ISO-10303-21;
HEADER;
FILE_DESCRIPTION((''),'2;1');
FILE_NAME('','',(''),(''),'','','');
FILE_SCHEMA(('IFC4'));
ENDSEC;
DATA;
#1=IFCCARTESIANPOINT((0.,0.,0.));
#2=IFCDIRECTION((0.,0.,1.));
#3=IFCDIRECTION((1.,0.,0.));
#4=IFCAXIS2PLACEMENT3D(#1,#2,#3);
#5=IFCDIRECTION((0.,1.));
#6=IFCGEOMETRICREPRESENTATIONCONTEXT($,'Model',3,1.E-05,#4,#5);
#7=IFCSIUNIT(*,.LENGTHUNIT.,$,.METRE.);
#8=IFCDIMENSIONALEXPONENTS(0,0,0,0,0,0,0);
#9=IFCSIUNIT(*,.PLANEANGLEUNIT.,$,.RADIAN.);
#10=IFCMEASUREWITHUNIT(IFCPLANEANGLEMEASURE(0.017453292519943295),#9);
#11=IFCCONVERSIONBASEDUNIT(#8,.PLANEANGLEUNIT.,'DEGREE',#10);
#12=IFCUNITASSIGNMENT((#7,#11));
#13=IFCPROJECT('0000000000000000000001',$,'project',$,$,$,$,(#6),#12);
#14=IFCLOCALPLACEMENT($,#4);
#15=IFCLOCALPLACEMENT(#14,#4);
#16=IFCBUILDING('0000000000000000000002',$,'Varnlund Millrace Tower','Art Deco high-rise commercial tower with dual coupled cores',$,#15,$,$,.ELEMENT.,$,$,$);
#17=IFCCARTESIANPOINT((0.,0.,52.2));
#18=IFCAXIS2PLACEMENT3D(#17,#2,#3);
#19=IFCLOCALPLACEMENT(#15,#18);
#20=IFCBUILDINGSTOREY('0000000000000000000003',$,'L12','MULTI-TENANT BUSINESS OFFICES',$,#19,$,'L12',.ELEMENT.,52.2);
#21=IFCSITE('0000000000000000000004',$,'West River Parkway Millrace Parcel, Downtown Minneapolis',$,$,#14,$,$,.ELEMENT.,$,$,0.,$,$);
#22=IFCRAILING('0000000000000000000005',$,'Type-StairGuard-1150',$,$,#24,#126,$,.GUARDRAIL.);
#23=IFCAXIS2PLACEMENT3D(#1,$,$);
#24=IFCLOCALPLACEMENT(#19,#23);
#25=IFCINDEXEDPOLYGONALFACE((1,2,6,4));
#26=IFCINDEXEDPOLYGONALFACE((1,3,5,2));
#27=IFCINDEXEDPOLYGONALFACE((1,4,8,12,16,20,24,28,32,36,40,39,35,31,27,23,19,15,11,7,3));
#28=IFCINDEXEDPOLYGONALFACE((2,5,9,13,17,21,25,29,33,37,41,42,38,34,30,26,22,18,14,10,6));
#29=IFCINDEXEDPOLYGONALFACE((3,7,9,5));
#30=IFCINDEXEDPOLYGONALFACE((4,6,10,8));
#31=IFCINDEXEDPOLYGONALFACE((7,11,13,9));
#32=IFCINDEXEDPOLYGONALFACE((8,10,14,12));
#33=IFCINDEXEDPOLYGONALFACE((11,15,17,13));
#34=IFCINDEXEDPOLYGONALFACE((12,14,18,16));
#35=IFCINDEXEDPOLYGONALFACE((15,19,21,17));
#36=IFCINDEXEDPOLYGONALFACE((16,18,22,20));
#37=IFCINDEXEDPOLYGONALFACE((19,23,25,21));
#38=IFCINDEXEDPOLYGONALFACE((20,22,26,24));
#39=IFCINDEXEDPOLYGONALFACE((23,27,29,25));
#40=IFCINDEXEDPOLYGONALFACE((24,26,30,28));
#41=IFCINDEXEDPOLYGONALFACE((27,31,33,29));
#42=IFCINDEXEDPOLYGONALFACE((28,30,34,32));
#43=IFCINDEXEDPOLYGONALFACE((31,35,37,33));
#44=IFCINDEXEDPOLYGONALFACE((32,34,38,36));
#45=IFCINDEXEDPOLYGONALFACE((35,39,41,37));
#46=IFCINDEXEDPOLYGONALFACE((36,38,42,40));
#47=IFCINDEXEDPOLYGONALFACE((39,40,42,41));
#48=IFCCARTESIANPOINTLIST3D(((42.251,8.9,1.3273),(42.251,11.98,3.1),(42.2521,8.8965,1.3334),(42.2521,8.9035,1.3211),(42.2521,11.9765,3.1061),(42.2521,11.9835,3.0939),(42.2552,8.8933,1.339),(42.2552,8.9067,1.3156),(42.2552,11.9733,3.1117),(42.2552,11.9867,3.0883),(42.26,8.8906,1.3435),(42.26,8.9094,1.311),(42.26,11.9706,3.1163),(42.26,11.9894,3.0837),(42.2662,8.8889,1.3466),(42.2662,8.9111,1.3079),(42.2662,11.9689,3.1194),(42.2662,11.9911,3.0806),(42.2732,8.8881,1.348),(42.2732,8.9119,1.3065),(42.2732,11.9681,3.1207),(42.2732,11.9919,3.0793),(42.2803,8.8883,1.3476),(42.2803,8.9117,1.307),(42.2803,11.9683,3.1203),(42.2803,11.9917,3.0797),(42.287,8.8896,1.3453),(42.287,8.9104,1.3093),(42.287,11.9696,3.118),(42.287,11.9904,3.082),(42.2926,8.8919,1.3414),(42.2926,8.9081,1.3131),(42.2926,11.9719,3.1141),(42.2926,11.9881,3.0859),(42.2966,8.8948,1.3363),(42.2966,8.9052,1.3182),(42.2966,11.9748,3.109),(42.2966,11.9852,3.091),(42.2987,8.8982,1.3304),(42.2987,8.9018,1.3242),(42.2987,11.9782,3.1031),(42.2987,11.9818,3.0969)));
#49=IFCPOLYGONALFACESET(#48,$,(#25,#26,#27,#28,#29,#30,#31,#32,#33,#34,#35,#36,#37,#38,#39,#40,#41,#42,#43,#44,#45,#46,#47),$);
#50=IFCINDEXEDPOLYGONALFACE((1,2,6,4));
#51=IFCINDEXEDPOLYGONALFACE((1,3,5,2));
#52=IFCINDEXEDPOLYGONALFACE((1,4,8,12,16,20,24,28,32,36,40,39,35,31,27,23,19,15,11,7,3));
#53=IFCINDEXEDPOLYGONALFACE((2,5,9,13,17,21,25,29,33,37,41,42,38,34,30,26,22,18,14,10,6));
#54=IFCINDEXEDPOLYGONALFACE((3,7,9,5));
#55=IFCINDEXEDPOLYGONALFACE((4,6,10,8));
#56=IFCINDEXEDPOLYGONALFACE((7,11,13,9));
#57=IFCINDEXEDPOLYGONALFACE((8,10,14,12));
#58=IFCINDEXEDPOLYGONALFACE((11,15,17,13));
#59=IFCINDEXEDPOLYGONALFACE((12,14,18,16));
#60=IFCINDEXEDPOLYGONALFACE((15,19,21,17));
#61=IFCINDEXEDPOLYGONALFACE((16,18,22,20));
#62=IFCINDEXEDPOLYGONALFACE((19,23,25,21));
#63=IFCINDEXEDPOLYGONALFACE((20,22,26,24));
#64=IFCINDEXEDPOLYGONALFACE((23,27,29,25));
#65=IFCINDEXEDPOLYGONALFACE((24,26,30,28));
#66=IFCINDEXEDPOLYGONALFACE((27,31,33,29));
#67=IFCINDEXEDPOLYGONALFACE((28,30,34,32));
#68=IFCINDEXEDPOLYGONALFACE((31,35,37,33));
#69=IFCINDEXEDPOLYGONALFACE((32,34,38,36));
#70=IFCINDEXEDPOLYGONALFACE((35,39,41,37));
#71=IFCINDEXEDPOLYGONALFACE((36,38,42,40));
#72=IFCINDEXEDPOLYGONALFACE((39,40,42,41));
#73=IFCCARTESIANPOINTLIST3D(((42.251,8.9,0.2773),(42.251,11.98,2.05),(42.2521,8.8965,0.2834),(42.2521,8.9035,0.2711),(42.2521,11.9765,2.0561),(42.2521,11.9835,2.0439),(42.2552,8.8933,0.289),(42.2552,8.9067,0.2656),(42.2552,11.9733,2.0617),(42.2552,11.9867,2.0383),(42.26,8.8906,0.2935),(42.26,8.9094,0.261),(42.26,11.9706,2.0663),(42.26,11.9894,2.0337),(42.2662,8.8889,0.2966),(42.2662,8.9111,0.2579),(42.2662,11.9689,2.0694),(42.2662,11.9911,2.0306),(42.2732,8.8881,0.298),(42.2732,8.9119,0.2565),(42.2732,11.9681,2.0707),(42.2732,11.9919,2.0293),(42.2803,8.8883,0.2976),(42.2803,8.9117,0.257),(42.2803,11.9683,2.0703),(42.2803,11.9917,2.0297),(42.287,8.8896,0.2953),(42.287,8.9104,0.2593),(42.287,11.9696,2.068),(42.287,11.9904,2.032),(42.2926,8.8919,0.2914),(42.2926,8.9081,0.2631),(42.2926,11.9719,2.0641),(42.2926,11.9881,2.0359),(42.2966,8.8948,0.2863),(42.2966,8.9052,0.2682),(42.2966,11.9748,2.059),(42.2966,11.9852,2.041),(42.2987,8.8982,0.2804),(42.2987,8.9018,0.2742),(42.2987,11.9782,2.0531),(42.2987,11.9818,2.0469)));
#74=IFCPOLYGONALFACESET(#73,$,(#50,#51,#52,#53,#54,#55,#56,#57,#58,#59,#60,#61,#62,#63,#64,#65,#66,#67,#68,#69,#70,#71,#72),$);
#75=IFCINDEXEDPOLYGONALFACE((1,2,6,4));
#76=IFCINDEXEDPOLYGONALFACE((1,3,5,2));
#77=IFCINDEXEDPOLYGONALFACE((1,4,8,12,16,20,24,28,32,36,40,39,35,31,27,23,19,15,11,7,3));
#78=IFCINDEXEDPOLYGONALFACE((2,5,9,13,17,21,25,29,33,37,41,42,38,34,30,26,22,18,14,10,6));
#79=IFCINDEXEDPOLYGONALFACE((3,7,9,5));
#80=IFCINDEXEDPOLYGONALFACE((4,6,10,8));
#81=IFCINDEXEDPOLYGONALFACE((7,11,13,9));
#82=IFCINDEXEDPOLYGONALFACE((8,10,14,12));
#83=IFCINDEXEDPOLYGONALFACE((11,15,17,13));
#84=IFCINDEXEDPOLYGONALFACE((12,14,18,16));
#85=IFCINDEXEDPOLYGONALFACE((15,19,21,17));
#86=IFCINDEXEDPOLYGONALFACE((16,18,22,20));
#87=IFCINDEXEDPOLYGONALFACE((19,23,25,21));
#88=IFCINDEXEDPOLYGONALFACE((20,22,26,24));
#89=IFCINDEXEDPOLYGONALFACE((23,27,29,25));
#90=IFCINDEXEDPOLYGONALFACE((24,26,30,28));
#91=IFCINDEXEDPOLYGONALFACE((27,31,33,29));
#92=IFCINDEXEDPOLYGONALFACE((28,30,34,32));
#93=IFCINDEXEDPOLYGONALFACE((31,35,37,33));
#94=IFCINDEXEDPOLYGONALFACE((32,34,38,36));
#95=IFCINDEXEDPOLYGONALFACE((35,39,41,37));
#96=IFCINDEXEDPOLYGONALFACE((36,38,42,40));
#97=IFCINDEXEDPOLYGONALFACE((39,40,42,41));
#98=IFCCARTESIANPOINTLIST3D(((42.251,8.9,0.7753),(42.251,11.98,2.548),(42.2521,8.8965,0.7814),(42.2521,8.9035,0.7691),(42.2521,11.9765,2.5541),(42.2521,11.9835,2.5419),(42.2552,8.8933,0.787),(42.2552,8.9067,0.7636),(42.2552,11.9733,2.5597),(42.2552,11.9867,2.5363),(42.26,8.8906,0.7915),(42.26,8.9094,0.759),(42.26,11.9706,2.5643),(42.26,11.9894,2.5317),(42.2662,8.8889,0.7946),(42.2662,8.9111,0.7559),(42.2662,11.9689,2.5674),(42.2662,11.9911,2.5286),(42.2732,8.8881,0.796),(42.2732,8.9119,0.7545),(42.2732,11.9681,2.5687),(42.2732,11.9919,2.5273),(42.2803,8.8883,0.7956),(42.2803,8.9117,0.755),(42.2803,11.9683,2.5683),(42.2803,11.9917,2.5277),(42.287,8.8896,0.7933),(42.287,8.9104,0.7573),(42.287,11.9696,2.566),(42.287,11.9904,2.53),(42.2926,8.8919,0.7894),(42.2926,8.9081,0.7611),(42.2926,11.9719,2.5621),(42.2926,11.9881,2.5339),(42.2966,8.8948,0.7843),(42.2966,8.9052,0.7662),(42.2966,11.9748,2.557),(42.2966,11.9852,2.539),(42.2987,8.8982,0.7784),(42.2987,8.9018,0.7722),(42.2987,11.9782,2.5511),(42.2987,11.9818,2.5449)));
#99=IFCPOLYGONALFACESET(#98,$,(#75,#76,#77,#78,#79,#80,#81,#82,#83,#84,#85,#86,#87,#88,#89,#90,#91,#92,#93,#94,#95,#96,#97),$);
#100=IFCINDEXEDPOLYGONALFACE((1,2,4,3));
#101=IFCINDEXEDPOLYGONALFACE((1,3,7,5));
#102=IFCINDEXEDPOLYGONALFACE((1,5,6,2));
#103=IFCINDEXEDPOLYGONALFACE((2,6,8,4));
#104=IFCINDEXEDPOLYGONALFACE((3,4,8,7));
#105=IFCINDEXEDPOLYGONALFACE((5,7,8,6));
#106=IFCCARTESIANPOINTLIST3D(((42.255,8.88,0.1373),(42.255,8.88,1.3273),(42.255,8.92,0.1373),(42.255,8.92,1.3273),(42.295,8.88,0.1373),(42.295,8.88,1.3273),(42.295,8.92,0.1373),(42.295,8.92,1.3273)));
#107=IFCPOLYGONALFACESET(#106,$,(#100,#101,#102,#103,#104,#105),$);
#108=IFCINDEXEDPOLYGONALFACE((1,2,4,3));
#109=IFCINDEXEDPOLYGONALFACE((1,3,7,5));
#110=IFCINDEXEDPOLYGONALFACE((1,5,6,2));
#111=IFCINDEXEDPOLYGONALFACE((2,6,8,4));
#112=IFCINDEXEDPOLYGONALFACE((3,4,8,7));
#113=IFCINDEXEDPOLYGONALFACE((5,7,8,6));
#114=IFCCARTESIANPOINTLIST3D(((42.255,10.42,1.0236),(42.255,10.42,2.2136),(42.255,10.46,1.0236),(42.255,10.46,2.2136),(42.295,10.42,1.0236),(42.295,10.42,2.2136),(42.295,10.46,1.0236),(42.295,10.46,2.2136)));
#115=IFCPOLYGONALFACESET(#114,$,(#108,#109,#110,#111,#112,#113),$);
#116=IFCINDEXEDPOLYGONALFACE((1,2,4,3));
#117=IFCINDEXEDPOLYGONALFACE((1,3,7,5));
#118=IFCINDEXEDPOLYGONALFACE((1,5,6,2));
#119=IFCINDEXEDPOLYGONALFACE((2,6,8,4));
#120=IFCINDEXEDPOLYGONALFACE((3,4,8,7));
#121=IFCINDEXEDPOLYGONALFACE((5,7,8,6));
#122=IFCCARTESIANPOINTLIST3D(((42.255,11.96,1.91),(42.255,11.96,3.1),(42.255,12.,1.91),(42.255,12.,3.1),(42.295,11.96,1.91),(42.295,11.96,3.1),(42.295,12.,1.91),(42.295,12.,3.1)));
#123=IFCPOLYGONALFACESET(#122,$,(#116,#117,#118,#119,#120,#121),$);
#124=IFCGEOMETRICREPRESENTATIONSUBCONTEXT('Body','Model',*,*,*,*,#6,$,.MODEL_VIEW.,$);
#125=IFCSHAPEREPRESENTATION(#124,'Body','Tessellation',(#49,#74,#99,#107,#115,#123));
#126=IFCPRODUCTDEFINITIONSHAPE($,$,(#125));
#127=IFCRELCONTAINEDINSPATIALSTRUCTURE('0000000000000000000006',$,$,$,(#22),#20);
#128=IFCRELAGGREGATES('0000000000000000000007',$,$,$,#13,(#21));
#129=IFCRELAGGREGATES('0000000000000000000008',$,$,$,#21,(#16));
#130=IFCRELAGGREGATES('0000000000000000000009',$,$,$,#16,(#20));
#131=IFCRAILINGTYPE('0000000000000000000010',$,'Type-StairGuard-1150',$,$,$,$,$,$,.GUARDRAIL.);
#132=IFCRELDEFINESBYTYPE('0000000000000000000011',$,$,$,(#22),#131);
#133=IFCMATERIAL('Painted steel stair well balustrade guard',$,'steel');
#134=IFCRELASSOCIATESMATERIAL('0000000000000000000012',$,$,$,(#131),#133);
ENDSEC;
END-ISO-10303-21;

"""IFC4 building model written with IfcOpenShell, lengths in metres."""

from ifc_helpers import new_model, entity, si_unit, converted_unit, direction, frame, origin_with_axes, origin_2d_with_axis, place, context, subcontext, project, spatial, rectangle, circle, extrude, material, type_object, element, save


model = new_model("IFC4")

# Units and contexts
model_context = context("Model", 3, precision=1e-05, world=origin_with_axes(), true_north=direction((0.0, 1.0)))
body_context = subcontext(model_context, "Body", "Model", "MODEL_VIEW")
ifc_project = project(units=[si_unit("LENGTHUNIT", "METRE"), converted_unit("PLANEANGLEUNIT", "DEGREE", entity("IfcPlaneAngleMeasure", 0.017453292519943295), si_unit("PLANEANGLEUNIT", "RADIAN"), dimensions=[0, 0, 0, 0, 0, 0, 0])], contexts=[model_context])

# Site, building, storey
site_placement = place(None, origin_with_axes())
site = spatial("IfcSite", under=ifc_project, at=site_placement, Name="West River Parkway Millrace Parcel, Downtown Minneapolis", CompositionType="ELEMENT", RefElevation=0.0)
building_placement = place(site_placement, origin_with_axes())
building = spatial("IfcBuilding", under=site, at=building_placement, Name="Varnlund Millrace Tower", Description="Art Deco high-rise commercial tower with dual coupled cores", CompositionType="ELEMENT")
storey_placement = place(building_placement, frame((0.0, 0.0, 52.2), z_axis=(0.0, 0.0, 1.0), x_axis=(1.0, 0.0, 0.0)))
storey = spatial("IfcBuildingStorey", under=building, at=storey_placement, Name="L12", Description="MULTI-TENANT BUSINESS OFFICES", LongName="L12", CompositionType="ELEMENT", Elevation=52.2)

# Railing
ifc_material_1 = material(Name="Painted steel stair well balustrade guard", Category="steel")
railing_type_1 = type_object("IfcRailingType", Name="Type-StairGuard-1150", PredefinedType="GUARDRAIL", material=ifc_material_1)
railing_1_placement = place(storey_placement, frame((0.0, 0.0, -52.2), z_axis=(0.0, 0.0, 1.0), x_axis=(1.0, 0.0, 0.0)))
element("IfcRailing", 1, at=railing_1_placement, inside=storey, type_object=railing_type_1, Name="Type-StairGuard-1150", PredefinedType="GUARDRAIL", context=body_context, shape_type="SweptSolid", body=[
    extrude(circle(Radius=0.024, at=origin_2d_with_axis()), frame((42.275, 8.9, 53.5273), z_axis=(0.0, 0.866696, 0.498836), x_axis=(-1.0, 0.0, 0.0)), (0.0, 0.0, 1.0), 3.5537),
    extrude(circle(Radius=0.024, at=origin_2d_with_axis()), frame((42.275, 8.9, 52.4773), z_axis=(0.0, 0.866696, 0.498836), x_axis=(-1.0, 0.0, 0.0)), (0.0, 0.0, 1.0), 3.5537),
    extrude(circle(Radius=0.024, at=origin_2d_with_axis()), frame((42.275, 8.9, 52.9753), z_axis=(0.0, 0.866696, 0.498836), x_axis=(-1.0, 0.0, 0.0)), (0.0, 0.0, 1.0), 3.5537),
    extrude(rectangle(XDim=0.04, YDim=0.04, at=origin_2d_with_axis()), frame((42.275, 8.9, 52.3373), z_axis=(0.0, 0.0, 1.0), x_axis=(1.0, 0.0, 0.0)), (0.0, 0.0, 1.0), 1.19),
    extrude(rectangle(XDim=0.04, YDim=0.04, at=origin_2d_with_axis()), frame((42.275, 10.44, 53.2236), z_axis=(0.0, 0.0, 1.0), x_axis=(1.0, 0.0, 0.0)), (0.0, 0.0, 1.0), 1.19),
    extrude(rectangle(XDim=0.04, YDim=0.04, at=origin_2d_with_axis()), frame((42.275, 11.98, 54.11), z_axis=(0.0, 0.0, 1.0), x_axis=(1.0, 0.0, 0.0)), (0.0, 0.0, 1.0), 1.19),
])

save(model, "model.ifc")
